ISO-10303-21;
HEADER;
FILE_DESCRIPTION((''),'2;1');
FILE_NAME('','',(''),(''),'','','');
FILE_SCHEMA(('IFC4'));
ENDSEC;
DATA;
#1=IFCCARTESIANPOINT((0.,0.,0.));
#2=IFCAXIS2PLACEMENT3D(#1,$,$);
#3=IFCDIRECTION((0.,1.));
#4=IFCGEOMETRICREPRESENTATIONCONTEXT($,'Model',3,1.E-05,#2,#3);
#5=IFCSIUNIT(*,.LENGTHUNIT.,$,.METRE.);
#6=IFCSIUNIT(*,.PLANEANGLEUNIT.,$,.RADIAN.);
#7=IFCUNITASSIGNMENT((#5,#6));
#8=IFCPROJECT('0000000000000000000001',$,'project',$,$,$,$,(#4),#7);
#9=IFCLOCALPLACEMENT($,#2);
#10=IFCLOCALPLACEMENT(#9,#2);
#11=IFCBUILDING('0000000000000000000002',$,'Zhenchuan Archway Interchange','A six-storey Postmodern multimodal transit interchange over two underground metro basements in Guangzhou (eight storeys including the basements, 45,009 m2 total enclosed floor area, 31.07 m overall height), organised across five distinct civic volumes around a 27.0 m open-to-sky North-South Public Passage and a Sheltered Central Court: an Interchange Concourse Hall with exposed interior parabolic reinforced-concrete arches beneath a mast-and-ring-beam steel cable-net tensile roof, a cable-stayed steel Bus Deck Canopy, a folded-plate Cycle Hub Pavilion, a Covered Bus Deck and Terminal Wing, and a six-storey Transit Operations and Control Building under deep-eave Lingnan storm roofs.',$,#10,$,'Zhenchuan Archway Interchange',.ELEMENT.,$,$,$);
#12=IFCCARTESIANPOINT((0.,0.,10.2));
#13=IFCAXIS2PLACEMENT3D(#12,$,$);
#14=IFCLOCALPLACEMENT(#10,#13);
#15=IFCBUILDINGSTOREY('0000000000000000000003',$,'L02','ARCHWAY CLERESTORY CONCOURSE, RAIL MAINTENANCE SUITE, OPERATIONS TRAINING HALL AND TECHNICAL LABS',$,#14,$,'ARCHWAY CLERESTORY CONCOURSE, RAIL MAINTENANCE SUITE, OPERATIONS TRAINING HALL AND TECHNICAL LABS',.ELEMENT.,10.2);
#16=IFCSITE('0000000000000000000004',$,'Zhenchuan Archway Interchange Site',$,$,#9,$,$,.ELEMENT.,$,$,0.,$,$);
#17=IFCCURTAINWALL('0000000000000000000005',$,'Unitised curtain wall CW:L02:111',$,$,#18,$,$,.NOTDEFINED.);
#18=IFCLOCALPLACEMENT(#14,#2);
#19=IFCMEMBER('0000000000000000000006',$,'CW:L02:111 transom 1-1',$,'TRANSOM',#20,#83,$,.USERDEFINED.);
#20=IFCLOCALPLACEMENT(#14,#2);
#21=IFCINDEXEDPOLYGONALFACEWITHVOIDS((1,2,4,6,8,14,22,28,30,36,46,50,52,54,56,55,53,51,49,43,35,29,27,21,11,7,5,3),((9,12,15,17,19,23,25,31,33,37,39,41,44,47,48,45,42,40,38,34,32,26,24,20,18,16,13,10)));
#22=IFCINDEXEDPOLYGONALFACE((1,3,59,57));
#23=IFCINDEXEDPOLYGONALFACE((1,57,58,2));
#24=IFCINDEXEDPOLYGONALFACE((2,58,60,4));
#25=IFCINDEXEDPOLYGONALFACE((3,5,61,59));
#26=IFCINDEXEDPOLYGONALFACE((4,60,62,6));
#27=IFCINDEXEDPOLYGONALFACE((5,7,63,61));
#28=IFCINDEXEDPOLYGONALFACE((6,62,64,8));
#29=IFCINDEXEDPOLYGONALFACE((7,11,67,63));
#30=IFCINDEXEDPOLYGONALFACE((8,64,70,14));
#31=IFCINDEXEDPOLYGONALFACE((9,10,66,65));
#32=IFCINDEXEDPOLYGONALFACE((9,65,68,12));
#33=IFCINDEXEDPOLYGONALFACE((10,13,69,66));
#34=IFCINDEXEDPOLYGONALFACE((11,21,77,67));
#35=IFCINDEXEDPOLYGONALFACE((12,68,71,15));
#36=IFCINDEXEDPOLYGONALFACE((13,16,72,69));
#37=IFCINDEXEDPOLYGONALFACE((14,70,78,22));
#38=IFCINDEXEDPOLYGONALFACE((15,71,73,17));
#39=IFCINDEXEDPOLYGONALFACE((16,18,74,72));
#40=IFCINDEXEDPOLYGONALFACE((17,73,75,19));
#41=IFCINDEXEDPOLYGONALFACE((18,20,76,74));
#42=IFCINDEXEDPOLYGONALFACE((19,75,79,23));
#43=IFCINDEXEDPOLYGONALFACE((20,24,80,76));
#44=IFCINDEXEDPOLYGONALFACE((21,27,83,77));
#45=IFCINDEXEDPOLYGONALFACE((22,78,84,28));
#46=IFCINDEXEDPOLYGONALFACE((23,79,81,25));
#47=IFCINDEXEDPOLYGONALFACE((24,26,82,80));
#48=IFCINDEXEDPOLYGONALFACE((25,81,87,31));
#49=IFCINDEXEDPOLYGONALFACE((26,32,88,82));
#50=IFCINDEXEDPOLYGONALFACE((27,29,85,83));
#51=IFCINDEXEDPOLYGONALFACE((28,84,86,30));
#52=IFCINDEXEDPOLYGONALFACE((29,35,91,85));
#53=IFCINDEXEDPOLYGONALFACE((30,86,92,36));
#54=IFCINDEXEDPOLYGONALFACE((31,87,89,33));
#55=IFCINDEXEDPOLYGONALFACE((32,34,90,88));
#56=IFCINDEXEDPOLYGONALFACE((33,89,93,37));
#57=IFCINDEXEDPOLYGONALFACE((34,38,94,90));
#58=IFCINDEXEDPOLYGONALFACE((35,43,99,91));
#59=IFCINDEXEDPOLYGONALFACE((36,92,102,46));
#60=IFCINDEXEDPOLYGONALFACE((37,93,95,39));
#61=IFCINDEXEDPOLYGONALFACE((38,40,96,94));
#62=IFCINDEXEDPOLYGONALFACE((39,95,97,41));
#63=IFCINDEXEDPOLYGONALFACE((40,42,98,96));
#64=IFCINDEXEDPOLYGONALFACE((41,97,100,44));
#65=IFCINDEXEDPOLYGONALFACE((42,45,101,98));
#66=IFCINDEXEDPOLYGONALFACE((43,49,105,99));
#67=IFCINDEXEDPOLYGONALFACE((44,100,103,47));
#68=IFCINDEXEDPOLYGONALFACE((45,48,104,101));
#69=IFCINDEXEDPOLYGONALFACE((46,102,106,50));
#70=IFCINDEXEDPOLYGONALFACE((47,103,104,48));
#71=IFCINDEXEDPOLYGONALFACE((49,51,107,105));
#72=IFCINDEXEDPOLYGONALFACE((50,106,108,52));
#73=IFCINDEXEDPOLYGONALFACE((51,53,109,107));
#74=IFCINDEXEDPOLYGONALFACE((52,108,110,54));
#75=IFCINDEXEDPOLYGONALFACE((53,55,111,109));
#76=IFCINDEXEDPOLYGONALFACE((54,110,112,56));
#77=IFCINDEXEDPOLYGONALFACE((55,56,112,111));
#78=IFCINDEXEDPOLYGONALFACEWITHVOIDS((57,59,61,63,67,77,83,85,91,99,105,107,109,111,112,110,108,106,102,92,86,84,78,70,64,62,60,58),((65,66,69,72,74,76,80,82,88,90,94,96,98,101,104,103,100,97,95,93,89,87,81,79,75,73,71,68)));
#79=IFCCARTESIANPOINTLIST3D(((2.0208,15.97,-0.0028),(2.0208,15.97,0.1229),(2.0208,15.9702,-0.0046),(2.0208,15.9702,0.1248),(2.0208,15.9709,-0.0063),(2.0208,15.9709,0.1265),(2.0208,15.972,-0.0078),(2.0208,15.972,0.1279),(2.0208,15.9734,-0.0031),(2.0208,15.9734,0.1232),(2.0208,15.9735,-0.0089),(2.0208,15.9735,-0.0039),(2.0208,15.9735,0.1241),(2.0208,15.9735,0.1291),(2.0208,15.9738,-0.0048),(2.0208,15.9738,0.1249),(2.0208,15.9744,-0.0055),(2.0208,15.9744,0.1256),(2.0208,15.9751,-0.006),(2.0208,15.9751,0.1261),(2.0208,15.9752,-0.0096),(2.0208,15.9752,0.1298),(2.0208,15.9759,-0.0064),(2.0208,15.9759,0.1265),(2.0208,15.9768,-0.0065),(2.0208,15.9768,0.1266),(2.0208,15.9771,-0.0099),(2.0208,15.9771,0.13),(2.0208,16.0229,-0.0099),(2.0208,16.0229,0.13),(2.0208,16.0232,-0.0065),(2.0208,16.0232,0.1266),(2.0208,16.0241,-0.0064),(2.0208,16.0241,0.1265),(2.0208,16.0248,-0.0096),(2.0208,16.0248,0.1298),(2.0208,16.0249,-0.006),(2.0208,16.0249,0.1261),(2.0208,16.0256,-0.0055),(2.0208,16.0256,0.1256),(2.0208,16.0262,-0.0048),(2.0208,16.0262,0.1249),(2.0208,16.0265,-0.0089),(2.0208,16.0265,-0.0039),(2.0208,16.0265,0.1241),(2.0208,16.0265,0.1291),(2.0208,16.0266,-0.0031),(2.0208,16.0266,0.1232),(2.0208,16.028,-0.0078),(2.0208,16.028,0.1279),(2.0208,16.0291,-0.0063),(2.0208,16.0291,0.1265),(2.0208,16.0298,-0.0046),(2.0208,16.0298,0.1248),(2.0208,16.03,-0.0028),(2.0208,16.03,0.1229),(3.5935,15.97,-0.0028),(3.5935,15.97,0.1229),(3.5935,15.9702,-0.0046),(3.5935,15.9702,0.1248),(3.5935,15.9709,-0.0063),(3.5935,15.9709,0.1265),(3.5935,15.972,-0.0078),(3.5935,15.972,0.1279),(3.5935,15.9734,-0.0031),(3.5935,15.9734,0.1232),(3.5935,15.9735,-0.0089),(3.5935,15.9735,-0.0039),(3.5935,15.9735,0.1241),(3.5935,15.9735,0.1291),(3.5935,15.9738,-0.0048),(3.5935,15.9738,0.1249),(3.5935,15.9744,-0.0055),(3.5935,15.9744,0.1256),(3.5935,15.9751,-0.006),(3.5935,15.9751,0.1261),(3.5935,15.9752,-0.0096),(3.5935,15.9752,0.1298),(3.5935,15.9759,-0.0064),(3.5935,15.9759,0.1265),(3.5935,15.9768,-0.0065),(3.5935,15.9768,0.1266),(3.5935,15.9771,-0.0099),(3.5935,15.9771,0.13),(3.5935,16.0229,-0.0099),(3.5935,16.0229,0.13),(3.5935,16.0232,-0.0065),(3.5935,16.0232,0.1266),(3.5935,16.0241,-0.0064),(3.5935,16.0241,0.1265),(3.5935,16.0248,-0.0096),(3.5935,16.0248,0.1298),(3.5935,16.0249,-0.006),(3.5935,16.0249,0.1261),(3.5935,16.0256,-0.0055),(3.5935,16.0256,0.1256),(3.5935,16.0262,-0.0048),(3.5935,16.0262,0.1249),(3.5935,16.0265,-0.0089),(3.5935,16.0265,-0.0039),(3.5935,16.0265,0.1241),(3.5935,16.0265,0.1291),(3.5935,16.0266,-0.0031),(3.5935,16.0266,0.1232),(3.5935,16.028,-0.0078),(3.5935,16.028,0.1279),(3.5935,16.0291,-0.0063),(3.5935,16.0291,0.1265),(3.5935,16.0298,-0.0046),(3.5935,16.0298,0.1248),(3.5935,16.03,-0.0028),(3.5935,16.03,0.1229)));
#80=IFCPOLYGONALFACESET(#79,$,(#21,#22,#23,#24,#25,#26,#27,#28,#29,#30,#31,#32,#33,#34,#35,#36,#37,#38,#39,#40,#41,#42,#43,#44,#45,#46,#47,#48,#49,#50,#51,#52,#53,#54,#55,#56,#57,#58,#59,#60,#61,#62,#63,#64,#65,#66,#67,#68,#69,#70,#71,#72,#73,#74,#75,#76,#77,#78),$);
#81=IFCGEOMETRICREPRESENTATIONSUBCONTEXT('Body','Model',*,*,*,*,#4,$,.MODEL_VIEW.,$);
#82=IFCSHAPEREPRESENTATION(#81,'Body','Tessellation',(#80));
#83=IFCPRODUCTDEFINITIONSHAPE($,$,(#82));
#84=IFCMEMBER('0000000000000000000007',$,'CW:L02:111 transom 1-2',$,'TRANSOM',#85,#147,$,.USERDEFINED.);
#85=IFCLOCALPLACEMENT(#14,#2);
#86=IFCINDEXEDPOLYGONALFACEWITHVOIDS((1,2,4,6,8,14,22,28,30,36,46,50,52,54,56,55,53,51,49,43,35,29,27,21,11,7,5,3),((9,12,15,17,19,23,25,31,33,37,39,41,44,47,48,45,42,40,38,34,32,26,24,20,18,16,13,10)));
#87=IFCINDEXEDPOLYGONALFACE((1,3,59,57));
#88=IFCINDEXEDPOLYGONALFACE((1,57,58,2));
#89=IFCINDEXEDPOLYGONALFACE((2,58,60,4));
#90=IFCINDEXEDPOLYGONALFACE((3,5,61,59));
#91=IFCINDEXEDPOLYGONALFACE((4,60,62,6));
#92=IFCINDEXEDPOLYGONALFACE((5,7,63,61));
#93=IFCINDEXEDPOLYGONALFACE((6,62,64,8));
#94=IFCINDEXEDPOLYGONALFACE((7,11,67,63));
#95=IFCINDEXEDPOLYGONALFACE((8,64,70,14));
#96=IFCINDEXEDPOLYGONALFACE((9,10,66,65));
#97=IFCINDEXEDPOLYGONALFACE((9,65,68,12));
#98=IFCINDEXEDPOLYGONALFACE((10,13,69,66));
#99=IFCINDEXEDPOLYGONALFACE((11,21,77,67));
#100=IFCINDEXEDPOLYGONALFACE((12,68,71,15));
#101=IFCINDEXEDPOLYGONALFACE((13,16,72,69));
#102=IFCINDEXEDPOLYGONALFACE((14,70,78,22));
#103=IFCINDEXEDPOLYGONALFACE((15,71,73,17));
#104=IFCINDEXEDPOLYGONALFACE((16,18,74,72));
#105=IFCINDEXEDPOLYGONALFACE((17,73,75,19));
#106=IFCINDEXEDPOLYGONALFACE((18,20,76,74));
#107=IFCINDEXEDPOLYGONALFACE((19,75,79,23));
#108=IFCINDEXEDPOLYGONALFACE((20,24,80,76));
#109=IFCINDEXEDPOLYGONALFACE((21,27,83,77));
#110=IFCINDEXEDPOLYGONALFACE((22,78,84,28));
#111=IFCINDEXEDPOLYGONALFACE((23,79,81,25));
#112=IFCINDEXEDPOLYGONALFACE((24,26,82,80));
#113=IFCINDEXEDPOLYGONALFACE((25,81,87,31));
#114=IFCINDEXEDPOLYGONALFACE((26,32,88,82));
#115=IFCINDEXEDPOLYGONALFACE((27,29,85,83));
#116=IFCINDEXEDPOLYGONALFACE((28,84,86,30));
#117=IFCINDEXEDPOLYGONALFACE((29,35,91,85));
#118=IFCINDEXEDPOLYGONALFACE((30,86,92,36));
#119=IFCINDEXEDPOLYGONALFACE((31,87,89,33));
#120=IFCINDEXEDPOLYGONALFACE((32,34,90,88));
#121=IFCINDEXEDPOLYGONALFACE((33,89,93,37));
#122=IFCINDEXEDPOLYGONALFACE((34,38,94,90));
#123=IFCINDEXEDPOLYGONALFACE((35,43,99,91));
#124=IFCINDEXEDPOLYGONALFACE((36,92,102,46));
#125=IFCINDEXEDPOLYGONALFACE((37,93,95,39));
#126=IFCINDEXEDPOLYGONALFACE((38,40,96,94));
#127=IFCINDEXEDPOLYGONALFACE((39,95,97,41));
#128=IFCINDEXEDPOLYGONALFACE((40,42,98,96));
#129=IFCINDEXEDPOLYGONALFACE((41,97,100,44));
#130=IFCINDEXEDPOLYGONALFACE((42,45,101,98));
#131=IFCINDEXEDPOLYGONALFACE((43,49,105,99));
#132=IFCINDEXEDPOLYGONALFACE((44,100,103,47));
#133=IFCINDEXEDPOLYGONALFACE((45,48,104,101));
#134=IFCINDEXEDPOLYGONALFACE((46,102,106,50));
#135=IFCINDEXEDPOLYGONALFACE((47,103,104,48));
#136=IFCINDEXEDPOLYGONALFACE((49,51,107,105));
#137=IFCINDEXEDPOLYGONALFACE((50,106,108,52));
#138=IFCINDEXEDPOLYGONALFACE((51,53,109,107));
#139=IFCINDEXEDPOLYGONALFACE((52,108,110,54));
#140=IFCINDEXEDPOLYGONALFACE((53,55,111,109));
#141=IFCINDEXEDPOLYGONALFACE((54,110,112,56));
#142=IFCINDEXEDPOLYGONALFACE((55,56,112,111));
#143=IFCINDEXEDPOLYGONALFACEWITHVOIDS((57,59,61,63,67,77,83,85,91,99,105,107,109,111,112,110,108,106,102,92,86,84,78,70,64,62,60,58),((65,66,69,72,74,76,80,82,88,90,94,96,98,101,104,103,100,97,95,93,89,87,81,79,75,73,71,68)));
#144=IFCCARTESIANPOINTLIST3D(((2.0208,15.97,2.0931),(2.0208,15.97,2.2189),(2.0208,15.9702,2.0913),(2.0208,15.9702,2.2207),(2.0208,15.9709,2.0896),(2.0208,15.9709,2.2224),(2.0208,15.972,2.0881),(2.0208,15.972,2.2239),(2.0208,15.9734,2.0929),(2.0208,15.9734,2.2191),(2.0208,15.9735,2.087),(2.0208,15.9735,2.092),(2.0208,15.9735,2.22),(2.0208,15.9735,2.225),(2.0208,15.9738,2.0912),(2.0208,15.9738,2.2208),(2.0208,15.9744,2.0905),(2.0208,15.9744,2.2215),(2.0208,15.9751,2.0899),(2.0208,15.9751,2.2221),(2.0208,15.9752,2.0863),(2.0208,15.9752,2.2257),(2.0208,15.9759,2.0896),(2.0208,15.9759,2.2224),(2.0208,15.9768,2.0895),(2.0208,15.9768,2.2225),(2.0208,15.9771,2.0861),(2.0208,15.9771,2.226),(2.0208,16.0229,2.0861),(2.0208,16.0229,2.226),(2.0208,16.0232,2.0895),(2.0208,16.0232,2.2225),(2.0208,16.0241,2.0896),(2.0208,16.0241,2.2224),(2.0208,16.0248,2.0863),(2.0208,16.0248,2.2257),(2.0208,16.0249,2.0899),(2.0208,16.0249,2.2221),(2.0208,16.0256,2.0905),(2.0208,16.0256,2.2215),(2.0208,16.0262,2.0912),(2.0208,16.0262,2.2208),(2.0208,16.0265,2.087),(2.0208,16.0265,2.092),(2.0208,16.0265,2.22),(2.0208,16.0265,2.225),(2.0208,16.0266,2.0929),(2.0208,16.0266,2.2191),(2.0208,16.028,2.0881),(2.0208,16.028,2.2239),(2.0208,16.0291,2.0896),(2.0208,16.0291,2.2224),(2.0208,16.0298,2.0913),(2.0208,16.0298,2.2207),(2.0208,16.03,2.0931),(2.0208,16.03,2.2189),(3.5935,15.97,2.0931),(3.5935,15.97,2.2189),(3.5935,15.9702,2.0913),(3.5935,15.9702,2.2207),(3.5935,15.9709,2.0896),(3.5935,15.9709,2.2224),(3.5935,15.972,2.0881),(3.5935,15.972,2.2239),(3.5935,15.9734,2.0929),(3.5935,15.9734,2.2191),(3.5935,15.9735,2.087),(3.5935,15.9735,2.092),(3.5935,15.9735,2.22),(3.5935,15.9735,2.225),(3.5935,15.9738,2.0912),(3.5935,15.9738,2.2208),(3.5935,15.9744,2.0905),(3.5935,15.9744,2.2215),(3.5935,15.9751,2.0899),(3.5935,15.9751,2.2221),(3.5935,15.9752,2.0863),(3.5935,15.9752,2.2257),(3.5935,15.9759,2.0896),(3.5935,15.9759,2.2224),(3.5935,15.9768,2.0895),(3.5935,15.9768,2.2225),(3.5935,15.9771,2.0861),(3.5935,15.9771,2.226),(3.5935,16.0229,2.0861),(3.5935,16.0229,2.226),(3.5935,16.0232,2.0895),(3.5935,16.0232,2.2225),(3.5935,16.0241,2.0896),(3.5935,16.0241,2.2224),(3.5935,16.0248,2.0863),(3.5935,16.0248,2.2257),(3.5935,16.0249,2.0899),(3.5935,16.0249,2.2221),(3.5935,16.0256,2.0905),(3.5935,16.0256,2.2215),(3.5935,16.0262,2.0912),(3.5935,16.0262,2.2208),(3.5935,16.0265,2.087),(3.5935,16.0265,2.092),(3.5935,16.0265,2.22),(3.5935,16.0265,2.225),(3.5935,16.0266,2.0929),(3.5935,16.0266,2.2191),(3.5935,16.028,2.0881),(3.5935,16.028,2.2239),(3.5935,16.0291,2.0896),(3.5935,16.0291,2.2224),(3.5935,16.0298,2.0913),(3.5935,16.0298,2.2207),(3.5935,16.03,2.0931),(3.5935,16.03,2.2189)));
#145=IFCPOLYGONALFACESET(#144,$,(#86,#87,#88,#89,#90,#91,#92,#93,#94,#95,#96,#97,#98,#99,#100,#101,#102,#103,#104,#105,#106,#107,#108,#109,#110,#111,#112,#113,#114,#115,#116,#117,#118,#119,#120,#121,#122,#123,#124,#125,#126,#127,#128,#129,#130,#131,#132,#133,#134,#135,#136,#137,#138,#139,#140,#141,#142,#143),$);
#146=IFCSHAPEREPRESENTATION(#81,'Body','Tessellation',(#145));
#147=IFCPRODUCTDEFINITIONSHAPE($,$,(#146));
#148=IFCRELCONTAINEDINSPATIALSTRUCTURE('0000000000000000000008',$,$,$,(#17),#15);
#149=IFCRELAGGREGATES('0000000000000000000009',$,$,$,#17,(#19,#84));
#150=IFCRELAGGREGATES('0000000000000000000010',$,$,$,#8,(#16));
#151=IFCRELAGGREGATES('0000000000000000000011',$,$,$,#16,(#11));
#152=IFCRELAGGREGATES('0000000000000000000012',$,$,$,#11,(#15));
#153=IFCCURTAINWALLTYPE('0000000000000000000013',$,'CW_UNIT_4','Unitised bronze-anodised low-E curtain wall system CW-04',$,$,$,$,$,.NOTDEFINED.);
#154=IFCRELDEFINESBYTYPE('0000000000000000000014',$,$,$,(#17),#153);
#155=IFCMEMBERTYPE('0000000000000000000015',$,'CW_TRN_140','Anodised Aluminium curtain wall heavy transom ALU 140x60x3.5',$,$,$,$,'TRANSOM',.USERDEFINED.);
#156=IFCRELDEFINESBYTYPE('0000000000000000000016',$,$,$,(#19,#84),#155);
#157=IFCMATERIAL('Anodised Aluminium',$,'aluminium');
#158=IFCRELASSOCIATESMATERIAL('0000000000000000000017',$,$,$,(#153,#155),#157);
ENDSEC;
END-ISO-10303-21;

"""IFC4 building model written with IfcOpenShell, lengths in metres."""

from ifc_helpers import new_model, si_unit, direction, frame, origin, origin_2d, place, context, subcontext, project, spatial, hollow_rectangle, extrude, material, material_profile, profile_set, type_object, element, aggregate, save


model = new_model("IFC4")

# Units and contexts
model_context = context("Model", 3, precision=1e-05, world=origin(), true_north=direction((0.0, 1.0)))
body_context = subcontext(model_context, "Body", "Model", "MODEL_VIEW")
ifc_project = project(units=[si_unit("LENGTHUNIT", "METRE"), si_unit("PLANEANGLEUNIT", "RADIAN")], contexts=[model_context])

# Site, building, storey
site_placement = place(None, origin())
site = spatial("IfcSite", under=ifc_project, at=site_placement, Name="Zhenchuan Archway Interchange Site", CompositionType="ELEMENT", RefElevation=0.0)
building_placement = place(site_placement, origin())
building = spatial("IfcBuilding", under=site, at=building_placement, Name="Zhenchuan Archway Interchange", Description="A six-storey Postmodern multimodal transit interchange over two underground metro basements in Guangzhou (eight storeys including the basements, 45,009 m2 total enclosed floor area, 31.07 m overall height), organised across five distinct civic volumes around a 27.0 m open-to-sky North-South Public Passage and a Sheltered Central Court: an Interchange Concourse Hall with exposed interior parabolic reinforced-concrete arches beneath a mast-and-ring-beam steel cable-net tensile roof, a cable-stayed steel Bus Deck Canopy, a folded-plate Cycle Hub Pavilion, a Covered Bus Deck and Terminal Wing, and a six-storey Transit Operations and Control Building under deep-eave Lingnan storm roofs.", LongName="Zhenchuan Archway Interchange", CompositionType="ELEMENT")
storey_placement = place(building_placement, frame((0.0, 0.0, 10.2)))
storey = spatial("IfcBuildingStorey", under=building, at=storey_placement, Name="L02", Description="ARCHWAY CLERESTORY CONCOURSE, RAIL MAINTENANCE SUITE, OPERATIONS TRAINING HALL AND TECHNICAL LABS", LongName="ARCHWAY CLERESTORY CONCOURSE, RAIL MAINTENANCE SUITE, OPERATIONS TRAINING HALL AND TECHNICAL LABS", CompositionType="ELEMENT", Elevation=10.2)

# Curtain wall
ifc_material_1 = material(Name="Anodised Aluminium", Category="aluminium")
curtain_wall_type_1 = type_object("IfcCurtainWallType", Name="CW_UNIT_4", Description="Unitised bronze-anodised low-E curtain wall system CW-04", PredefinedType="NOTDEFINED", material=ifc_material_1)
curtain_wall_1_placement = place(storey_placement, origin())
curtain_wall_1 = element("IfcCurtainWall", 1, at=curtain_wall_1_placement, inside=storey, type_object=curtain_wall_type_1, Name="Unitised curtain wall CW:L02:111", PredefinedType="NOTDEFINED")

# Members
ifc_material_profile_1 = material_profile(ifc_material_1, hollow_rectangle(XDim=0.0601, YDim=0.1399, WallThickness=0.0034, InnerFilletRadius=0.0034, OuterFilletRadius=0.0071, at=origin_2d()), Name="ALU 140x60x3.5")
ifc_profile_set_1 = profile_set([ifc_material_profile_1], Name="Anodised Aluminium")
member_type_1 = type_object("IfcMemberType", Name="CW_TRN_140", Description="Anodised Aluminium curtain wall heavy transom ALU 140x60x3.5", ElementType="TRANSOM", PredefinedType="USERDEFINED", material=ifc_profile_set_1)
member_1_placement = place(storey_placement, frame((2.0208, 16.0, 0.0601), z_axis=(1.0, 0.0, 0.0), x_axis=(0.0, 1.0, 0.0)))
member_1 = element("IfcMember", 2, at=member_1_placement, type_object=member_type_1, Name="CW:L02:111 transom 1-1", ObjectType="TRANSOM", PredefinedType="USERDEFINED", context=body_context, shape_type="SweptSolid", body=[
    extrude(hollow_rectangle(XDim=0.0601, YDim=0.1399, WallThickness=0.0034, InnerFilletRadius=0.0034, OuterFilletRadius=0.0071, at=origin_2d()), origin(), (0.0, 0.0, 1.0), 1.5728),
])
member_2_placement = place(storey_placement, frame((2.0208, 16.0, 2.156), z_axis=(1.0, 0.0, 0.0), x_axis=(0.0, 1.0, 0.0)))
member_2 = element("IfcMember", 3, at=member_2_placement, type_object=member_type_1, Name="CW:L02:111 transom 1-2", ObjectType="TRANSOM", PredefinedType="USERDEFINED", context=body_context, shape_type="SweptSolid", body=[
    extrude(hollow_rectangle(XDim=0.0601, YDim=0.1399, WallThickness=0.0034, InnerFilletRadius=0.0034, OuterFilletRadius=0.0071, at=origin_2d()), origin(), (0.0, 0.0, 1.0), 1.5728),
])

aggregate(curtain_wall_1, [member_1, member_2])

save(model, "model.ifc")
